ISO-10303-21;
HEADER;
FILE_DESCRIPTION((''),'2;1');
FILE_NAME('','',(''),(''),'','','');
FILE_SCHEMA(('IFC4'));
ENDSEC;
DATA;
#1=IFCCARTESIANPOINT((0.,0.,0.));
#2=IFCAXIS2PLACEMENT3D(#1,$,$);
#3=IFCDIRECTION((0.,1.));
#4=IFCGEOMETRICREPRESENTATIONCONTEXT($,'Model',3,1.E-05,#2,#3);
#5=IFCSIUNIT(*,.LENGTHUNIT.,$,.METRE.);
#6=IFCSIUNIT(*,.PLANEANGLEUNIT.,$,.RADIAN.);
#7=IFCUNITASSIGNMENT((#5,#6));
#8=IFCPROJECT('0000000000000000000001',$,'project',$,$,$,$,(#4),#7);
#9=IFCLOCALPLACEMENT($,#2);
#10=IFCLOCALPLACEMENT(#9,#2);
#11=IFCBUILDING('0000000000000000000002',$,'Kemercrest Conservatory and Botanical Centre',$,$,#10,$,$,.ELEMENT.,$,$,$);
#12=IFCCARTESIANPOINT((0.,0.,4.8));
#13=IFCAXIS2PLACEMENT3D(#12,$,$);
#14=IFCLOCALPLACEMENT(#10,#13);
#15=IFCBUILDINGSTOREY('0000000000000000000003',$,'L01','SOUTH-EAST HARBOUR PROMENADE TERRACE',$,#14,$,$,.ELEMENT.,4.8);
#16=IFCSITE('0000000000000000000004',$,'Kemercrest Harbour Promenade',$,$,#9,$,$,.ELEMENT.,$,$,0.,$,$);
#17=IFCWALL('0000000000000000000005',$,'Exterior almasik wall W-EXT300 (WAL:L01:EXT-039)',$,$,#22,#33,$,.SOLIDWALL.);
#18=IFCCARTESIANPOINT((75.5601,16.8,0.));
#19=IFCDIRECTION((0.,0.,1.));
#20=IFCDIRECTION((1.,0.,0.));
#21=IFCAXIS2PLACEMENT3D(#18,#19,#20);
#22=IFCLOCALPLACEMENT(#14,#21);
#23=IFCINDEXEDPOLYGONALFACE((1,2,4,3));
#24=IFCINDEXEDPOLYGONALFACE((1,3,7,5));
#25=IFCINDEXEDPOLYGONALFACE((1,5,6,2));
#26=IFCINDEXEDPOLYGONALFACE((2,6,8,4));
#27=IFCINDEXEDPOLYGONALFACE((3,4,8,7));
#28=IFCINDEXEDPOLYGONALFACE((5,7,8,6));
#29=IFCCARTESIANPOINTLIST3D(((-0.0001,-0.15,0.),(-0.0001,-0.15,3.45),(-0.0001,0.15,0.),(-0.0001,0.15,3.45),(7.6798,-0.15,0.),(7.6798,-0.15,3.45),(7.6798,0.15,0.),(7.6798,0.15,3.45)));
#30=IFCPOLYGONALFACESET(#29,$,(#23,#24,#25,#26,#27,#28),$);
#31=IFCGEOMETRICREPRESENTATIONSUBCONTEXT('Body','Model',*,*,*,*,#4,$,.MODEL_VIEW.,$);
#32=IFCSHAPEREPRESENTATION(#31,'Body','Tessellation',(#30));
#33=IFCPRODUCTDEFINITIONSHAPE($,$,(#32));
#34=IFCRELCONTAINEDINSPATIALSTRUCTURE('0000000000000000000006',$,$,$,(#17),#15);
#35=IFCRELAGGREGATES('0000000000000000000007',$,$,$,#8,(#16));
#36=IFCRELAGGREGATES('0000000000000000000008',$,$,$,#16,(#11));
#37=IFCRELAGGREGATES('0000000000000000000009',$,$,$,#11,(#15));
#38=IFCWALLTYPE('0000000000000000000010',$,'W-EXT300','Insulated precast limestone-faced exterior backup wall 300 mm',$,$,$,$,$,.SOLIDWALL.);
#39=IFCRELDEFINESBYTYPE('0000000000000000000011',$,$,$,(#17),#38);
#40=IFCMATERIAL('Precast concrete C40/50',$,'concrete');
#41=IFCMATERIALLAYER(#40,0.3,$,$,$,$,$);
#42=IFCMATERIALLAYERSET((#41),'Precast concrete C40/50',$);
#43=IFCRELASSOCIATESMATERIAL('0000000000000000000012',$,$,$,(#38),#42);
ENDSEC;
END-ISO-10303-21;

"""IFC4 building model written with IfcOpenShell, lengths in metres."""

from ifc_helpers import new_model, si_unit, direction, frame, frame_2d, origin, place, context, subcontext, project, spatial, rectangle, extrude, material, layer, layer_set, type_object, element, save


model = new_model("IFC4")

# Units and contexts
model_context = context("Model", 3, precision=1e-05, world=origin(), true_north=direction((0.0, 1.0)))
body_context = subcontext(model_context, "Body", "Model", "MODEL_VIEW")
ifc_project = project(units=[si_unit("LENGTHUNIT", "METRE"), si_unit("PLANEANGLEUNIT", "RADIAN")], contexts=[model_context])

# Site, building, storey
site_placement = place(None, origin())
site = spatial("IfcSite", under=ifc_project, at=site_placement, Name="Kemercrest Harbour Promenade", CompositionType="ELEMENT", RefElevation=0.0)
building_placement = place(site_placement, origin())
building = spatial("IfcBuilding", under=site, at=building_placement, Name="Kemercrest Conservatory and Botanical Centre", CompositionType="ELEMENT")
storey_placement = place(building_placement, frame((0.0, 0.0, 4.8)))
storey = spatial("IfcBuildingStorey", under=building, at=storey_placement, Name="L01", Description="SOUTH-EAST HARBOUR PROMENADE TERRACE", CompositionType="ELEMENT", Elevation=4.8)

# Shared definitions
ifc_material_1 = material(Name="Precast concrete C40/50", Category="concrete")

# Wall
ifc_layer = layer(ifc_material_1, 0.3)
ifc_layer_set = layer_set([ifc_layer], Name="Precast concrete C40/50")
wall_type = type_object("IfcWallType", Name="W-EXT300", Description="Insulated precast limestone-faced exterior backup wall 300 mm", PredefinedType="SOLIDWALL", material=ifc_layer_set)
for number, where, z_axis, x_axis, name in (
    (1, (75.5601, 16.8, 0.0), (0.0, 0.0, 1.0), (1.0, 0.0, 0.0), "Exterior almasik wall W-EXT300 (WAL:L01:EXT-039)"),
):
    element("IfcWall", number, at=place(storey_placement, frame(where, z_axis=z_axis, x_axis=x_axis)), inside=storey, type_object=wall_type, Name=name, PredefinedType="SOLIDWALL", context=body_context, shape_type="SweptSolid", body=[
        extrude(rectangle(XDim=7.6799, YDim=0.3, at=frame_2d((3.8398, 0.0))), origin(), (0.0, 0.0, 1.0), 3.45),
    ])

save(model, "model.ifc")
